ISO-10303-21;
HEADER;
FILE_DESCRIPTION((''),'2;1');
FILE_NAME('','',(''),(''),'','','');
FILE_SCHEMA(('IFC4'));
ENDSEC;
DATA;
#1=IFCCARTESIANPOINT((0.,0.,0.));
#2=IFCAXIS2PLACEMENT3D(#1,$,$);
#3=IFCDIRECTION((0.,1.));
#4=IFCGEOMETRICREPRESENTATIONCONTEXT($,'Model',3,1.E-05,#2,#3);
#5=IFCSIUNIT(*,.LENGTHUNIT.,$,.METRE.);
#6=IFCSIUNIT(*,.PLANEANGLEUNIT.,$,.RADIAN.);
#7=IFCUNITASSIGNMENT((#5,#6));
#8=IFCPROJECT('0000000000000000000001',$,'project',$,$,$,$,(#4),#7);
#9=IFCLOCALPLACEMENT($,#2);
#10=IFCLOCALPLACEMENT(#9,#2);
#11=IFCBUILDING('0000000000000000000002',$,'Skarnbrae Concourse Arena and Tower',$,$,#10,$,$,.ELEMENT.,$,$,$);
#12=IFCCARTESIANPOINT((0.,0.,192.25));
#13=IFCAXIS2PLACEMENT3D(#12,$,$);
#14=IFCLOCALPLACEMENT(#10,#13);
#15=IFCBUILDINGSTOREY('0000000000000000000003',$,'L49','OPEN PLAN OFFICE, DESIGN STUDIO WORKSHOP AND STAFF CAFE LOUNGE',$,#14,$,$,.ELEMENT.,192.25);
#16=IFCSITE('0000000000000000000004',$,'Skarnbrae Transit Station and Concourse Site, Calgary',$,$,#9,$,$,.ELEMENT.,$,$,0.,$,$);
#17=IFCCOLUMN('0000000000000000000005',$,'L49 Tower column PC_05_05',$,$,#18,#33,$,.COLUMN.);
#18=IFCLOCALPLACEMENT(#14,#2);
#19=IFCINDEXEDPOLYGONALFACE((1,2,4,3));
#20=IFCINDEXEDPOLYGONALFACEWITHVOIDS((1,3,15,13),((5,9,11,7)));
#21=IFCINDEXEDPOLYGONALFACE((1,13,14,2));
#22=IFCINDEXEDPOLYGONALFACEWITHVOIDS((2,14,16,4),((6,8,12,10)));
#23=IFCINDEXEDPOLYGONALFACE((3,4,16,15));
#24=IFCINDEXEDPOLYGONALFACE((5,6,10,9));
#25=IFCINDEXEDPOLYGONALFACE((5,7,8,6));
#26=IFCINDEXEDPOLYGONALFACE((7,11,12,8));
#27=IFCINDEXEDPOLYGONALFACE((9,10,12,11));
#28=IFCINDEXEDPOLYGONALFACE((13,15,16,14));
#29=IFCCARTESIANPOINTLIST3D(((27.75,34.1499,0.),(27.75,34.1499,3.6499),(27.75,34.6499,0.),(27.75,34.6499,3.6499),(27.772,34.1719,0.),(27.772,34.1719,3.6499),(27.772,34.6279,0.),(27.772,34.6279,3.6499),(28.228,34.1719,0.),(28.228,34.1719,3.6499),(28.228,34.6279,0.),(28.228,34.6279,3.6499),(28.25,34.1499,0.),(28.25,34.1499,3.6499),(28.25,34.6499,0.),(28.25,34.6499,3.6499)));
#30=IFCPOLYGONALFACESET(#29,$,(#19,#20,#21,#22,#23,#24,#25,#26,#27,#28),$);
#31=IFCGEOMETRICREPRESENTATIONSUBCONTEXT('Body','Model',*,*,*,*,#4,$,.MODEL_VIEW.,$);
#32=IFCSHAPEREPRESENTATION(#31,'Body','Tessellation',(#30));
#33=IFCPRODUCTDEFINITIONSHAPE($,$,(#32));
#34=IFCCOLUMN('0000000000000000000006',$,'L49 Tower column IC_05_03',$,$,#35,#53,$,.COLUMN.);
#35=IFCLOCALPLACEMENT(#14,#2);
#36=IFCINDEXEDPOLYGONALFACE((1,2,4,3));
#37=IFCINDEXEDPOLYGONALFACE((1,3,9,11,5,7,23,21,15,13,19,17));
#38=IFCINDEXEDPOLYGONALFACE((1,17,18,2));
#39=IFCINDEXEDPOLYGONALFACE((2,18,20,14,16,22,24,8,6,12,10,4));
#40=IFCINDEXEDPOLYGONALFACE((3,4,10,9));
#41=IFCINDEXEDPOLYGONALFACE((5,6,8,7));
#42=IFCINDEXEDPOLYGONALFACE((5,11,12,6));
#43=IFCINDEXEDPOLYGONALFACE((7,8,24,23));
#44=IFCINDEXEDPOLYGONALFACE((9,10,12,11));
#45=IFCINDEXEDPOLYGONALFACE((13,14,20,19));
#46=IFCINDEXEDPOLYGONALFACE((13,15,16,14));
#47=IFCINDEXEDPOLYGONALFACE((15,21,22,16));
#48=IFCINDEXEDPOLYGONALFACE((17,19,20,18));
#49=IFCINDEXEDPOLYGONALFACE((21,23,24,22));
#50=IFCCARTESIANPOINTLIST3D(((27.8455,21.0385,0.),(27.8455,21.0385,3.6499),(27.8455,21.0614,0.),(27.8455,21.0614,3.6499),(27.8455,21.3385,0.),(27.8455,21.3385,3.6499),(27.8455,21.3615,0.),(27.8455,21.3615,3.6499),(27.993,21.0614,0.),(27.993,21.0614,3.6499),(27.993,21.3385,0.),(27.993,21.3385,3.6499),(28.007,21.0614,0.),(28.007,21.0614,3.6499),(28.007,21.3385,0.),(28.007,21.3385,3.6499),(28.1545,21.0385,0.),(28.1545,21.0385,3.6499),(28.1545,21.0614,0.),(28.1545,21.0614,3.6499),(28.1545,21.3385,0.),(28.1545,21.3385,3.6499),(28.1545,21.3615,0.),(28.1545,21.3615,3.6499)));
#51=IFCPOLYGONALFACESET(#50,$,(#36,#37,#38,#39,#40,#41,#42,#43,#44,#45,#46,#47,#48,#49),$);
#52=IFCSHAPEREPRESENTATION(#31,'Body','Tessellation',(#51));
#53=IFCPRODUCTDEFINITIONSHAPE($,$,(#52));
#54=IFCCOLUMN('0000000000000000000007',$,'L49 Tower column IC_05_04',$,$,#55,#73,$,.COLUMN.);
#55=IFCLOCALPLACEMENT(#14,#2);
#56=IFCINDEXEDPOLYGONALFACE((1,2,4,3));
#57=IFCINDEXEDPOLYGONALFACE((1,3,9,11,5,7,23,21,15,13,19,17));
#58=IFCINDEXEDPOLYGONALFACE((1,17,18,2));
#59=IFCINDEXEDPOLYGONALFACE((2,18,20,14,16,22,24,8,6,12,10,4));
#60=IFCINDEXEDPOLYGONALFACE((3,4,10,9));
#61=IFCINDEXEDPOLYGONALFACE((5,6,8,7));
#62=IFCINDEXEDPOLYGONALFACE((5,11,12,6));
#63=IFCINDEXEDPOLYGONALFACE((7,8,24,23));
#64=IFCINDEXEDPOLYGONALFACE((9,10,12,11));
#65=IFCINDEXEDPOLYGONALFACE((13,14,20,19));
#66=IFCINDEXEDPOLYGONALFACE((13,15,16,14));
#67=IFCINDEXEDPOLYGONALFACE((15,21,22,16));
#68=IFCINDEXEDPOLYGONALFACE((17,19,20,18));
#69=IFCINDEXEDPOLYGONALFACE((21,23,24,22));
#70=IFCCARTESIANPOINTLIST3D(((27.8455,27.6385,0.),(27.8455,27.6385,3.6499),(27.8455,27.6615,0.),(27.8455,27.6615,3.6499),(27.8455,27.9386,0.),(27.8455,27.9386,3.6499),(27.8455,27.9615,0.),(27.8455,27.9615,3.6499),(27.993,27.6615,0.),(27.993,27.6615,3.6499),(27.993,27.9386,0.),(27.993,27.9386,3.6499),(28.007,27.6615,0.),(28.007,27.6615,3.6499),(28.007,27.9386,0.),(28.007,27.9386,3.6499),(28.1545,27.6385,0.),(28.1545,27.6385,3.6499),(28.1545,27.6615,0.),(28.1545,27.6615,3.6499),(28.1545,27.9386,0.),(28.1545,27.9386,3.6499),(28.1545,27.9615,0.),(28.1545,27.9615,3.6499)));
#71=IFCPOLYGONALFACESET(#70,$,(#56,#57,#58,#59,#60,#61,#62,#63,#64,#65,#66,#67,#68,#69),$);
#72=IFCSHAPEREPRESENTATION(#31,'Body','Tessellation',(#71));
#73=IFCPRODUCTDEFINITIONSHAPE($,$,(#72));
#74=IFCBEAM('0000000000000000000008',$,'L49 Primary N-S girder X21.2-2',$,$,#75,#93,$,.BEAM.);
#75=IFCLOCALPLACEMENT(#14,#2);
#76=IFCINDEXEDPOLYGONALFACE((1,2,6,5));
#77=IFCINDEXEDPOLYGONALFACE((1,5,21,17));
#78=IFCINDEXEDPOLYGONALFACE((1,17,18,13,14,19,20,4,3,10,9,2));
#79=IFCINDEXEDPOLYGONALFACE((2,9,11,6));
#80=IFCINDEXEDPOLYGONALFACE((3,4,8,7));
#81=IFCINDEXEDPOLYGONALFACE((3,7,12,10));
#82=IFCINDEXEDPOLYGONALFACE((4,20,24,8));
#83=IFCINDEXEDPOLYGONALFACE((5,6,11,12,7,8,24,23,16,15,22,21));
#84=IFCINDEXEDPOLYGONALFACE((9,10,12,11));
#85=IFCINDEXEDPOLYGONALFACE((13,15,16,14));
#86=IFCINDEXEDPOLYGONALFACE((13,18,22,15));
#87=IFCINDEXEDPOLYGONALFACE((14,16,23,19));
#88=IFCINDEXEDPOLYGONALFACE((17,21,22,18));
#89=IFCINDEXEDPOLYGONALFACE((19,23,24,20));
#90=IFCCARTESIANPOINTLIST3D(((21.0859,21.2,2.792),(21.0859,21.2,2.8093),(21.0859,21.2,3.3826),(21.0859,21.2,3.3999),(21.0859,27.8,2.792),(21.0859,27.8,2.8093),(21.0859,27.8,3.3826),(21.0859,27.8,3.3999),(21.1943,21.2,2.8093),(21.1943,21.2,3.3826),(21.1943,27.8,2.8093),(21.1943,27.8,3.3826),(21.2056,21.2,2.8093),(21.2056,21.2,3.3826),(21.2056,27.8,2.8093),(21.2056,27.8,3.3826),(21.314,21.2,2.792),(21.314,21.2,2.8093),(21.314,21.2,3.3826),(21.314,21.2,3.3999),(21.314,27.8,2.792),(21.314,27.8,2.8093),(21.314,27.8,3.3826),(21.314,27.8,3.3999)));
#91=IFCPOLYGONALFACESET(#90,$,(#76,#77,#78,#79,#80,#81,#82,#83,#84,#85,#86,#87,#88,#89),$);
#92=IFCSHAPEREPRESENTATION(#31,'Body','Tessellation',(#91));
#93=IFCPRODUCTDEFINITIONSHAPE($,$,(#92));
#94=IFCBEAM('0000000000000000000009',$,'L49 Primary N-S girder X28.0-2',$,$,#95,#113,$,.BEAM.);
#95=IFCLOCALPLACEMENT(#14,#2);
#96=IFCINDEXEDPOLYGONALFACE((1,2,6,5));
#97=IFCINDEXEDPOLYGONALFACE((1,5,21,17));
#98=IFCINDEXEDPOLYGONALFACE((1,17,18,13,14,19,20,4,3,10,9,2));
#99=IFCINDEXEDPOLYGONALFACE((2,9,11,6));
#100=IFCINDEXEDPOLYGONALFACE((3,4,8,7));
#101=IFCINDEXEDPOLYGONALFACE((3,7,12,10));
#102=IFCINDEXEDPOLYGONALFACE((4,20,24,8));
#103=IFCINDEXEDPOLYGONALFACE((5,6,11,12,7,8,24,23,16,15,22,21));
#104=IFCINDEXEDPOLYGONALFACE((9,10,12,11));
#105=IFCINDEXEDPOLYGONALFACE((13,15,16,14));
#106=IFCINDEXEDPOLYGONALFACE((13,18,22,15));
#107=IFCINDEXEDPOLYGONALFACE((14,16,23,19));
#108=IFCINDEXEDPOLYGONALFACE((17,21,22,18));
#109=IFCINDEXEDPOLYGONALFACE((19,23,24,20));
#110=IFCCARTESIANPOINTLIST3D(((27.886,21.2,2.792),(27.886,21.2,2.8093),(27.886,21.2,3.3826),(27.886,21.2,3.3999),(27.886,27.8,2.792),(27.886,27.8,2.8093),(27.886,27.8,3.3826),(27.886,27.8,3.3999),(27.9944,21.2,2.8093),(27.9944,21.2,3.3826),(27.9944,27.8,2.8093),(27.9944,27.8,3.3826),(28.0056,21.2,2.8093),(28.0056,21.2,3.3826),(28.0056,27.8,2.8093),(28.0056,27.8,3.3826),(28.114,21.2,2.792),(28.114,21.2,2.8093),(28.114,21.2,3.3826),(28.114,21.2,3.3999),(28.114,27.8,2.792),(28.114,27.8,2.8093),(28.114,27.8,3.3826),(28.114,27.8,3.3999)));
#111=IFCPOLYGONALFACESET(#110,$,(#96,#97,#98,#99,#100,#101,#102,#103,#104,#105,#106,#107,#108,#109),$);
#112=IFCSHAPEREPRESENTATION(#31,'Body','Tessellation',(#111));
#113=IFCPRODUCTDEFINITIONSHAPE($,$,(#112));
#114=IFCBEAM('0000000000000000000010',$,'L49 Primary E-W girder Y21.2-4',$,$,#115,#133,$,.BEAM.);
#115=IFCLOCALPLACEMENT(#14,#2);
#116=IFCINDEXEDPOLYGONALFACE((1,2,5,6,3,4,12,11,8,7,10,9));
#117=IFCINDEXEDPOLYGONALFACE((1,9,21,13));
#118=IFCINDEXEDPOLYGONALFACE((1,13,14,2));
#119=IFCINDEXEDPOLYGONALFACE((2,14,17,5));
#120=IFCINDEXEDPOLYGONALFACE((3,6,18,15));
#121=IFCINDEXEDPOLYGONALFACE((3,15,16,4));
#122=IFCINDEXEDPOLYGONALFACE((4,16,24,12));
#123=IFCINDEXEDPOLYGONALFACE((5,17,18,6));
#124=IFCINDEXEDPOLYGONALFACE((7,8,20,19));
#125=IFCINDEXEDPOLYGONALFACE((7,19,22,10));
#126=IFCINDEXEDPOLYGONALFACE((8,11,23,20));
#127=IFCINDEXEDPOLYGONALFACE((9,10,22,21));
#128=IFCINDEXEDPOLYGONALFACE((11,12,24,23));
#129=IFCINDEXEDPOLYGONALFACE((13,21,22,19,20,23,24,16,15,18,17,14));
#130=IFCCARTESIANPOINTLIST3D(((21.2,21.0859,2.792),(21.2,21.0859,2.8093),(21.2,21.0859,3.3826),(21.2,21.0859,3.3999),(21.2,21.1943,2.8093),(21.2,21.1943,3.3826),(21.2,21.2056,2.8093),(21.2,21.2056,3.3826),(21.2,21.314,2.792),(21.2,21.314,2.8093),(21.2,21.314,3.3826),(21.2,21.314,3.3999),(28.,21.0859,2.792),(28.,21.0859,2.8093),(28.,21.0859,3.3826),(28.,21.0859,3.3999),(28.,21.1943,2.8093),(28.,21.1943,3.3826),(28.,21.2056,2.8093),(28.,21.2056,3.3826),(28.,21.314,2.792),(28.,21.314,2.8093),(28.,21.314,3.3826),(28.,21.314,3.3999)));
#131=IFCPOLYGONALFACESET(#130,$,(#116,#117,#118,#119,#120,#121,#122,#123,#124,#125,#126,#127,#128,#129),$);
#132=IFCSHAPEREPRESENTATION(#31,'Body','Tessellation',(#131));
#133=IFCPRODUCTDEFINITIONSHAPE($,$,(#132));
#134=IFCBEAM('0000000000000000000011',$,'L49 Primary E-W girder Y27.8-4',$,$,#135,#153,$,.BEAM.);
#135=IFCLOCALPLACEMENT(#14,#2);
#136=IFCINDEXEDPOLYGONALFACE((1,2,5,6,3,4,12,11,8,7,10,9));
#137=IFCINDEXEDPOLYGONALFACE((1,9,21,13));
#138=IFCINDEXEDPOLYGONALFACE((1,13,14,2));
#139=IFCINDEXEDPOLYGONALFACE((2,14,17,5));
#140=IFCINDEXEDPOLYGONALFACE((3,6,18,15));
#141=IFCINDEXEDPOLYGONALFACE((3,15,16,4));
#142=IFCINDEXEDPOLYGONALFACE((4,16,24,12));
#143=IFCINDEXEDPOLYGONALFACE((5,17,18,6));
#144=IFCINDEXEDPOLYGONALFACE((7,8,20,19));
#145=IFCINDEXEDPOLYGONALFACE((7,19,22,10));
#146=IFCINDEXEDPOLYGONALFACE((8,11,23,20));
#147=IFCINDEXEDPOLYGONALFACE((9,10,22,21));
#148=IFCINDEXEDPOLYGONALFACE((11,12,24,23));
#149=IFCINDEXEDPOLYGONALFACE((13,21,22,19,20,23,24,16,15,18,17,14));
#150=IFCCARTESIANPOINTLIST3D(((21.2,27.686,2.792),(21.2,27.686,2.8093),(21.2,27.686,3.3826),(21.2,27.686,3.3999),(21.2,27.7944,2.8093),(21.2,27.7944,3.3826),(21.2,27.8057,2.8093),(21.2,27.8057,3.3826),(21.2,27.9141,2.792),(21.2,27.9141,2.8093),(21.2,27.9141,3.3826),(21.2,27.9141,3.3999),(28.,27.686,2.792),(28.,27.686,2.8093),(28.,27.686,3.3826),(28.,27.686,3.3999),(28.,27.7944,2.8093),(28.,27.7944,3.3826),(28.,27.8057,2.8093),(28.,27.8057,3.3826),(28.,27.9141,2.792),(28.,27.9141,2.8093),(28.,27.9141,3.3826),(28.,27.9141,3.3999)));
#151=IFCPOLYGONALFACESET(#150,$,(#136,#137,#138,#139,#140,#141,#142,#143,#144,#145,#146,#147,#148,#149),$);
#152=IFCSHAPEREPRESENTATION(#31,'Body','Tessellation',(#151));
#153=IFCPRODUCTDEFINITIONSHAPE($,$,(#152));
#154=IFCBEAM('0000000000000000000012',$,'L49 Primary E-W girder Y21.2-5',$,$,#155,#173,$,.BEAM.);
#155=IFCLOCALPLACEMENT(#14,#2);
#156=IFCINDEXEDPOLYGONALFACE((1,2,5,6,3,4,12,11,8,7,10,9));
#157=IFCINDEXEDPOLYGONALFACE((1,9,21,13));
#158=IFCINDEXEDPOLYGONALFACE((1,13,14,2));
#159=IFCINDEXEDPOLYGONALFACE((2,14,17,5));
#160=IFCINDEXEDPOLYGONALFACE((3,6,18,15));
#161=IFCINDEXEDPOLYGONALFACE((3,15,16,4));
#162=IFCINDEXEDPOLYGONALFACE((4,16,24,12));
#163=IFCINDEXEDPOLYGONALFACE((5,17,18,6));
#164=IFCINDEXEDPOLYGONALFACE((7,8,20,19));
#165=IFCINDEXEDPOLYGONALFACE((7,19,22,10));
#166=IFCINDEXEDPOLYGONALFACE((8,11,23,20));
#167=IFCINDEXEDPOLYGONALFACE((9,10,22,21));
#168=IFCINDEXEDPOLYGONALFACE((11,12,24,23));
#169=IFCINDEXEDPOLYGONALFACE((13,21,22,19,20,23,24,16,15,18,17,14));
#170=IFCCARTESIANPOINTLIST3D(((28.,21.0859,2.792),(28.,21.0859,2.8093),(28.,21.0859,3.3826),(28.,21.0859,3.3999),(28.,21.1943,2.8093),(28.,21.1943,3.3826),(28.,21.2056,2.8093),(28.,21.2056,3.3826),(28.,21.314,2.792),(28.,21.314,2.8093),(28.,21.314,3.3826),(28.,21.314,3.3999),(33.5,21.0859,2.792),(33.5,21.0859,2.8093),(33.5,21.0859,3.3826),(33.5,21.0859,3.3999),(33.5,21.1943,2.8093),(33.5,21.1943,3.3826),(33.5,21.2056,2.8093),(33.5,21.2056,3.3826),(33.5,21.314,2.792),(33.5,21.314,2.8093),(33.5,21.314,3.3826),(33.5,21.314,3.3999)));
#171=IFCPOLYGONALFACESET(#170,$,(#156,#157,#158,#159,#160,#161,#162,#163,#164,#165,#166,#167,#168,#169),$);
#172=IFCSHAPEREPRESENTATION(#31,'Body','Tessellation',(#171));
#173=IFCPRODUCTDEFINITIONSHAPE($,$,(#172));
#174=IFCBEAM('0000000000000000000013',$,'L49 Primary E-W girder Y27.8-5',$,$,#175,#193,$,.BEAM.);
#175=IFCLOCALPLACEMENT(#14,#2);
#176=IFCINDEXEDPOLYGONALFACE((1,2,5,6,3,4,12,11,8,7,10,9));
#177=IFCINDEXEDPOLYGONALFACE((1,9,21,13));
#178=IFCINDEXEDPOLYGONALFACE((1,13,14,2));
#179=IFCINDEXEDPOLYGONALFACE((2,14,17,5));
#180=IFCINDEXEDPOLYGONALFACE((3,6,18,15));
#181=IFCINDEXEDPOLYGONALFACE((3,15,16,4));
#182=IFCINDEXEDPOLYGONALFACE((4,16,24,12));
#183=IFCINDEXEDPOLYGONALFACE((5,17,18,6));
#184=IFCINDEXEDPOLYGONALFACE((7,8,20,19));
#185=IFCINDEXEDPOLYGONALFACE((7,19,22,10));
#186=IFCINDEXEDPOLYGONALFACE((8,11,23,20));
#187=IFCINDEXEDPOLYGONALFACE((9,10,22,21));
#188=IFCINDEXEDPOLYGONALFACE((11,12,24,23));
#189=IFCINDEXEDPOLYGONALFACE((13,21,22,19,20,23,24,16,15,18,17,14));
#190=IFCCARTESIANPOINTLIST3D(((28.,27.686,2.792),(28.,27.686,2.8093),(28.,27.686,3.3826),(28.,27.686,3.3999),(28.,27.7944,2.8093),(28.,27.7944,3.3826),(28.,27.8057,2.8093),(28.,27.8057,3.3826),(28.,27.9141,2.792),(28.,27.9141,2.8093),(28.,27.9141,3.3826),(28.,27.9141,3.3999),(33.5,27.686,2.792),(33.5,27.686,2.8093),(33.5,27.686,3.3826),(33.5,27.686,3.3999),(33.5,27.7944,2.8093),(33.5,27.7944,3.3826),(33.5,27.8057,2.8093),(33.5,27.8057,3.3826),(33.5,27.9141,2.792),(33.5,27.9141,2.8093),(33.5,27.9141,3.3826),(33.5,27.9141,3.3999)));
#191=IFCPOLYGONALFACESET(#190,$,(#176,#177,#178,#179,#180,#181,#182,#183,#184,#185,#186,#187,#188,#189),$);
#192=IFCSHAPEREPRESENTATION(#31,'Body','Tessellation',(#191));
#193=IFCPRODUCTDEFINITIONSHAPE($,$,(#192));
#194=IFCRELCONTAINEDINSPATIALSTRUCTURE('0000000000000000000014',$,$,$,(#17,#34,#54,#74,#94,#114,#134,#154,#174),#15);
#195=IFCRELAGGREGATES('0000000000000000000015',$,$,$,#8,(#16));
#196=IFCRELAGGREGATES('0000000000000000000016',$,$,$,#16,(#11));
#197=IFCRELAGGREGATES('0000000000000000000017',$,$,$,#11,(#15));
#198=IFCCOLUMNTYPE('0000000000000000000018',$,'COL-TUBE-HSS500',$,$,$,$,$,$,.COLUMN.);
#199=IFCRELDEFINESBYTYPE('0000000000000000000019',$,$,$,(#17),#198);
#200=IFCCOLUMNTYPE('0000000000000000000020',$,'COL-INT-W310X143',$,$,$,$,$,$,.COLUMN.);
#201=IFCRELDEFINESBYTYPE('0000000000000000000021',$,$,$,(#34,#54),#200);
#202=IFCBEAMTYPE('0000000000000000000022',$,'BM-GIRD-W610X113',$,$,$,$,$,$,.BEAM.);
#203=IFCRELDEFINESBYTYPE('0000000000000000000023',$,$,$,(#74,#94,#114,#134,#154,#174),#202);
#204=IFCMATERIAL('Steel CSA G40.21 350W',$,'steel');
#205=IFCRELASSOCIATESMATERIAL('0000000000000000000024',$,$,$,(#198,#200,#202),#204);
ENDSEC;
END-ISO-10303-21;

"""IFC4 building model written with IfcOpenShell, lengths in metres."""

from ifc_helpers import new_model, si_unit, direction, frame, origin, origin_2d, place, context, subcontext, project, spatial, hollow_rectangle, i_section, extrude, source, transform, mapped, material, material_profile, profile_set, type_object, element, save


model = new_model("IFC4")

# Units and contexts
model_context = context("Model", 3, precision=1e-05, world=origin(), true_north=direction((0.0, 1.0)))
body_context = subcontext(model_context, "Body", "Model", "MODEL_VIEW")
ifc_project = project(units=[si_unit("LENGTHUNIT", "METRE"), si_unit("PLANEANGLEUNIT", "RADIAN")], contexts=[model_context])

# Site, building, storey
site_placement = place(None, origin())
site = spatial("IfcSite", under=ifc_project, at=site_placement, Name="Skarnbrae Transit Station and Concourse Site, Calgary", CompositionType="ELEMENT", RefElevation=0.0)
building_placement = place(site_placement, origin())
building = spatial("IfcBuilding", under=site, at=building_placement, Name="Skarnbrae Concourse Arena and Tower", CompositionType="ELEMENT")
storey_placement = place(building_placement, frame((0.0, 0.0, 192.25)))
storey = spatial("IfcBuildingStorey", under=building, at=storey_placement, Name="L49", Description="OPEN PLAN OFFICE, DESIGN STUDIO WORKSHOP AND STAFF CAFE LOUNGE", CompositionType="ELEMENT", Elevation=192.25)

# Columns
ifc_material_1 = material(Name="Steel CSA G40.21 350W", Category="steel")
ifc_material_profile_1 = material_profile(ifc_material_1, hollow_rectangle(XDim=0.5, YDim=0.5, WallThickness=0.022, at=origin_2d()), Name="HSS500X500X22.0")
ifc_profile_set_1 = profile_set([ifc_material_profile_1], Name="Steel CSA G40.21 350W")
column_type_1 = type_object("IfcColumnType", Name="COL-TUBE-HSS500", PredefinedType="COLUMN", material=ifc_profile_set_1)
shared_shape_1 = source(origin(), body_context, "Body", "SweptSolid", [
    extrude(hollow_rectangle(XDim=0.5, YDim=0.5, WallThickness=0.022, at=origin_2d()), origin(), (0.0, 0.0, 1.0), 3.6499),
])
column_placement = place(storey_placement, frame((28.0, 34.3999, 0.0), z_axis=(0.0, 0.0, 1.0), x_axis=(1.0, 0.0, 0.0)))
element("IfcColumn", 1, at=column_placement, inside=storey, type_object=column_type_1, Name="L49 Tower column PC_05_05", PredefinedType="COLUMN", context=body_context, shape_type="MappedRepresentation", body=[
    mapped(shared_shape_1, transform((0.0, 0.0, 0.0))),
])
ifc_material_profile_2 = material_profile(ifc_material_1, i_section(OverallWidth=0.3091, OverallDepth=0.323, WebThickness=0.0139, FlangeThickness=0.0229, at=origin_2d()), Name="W310X143")
ifc_profile_set_2 = profile_set([ifc_material_profile_2], Name="Steel CSA G40.21 350W")
column_type_2 = type_object("IfcColumnType", Name="COL-INT-W310X143", PredefinedType="COLUMN", material=ifc_profile_set_2)
shared_shape_2 = source(origin(), body_context, "Body", "SweptSolid", [
    extrude(i_section(OverallWidth=0.3091, OverallDepth=0.323, WebThickness=0.0139, FlangeThickness=0.0229, at=origin_2d()), origin(), (0.0, 0.0, 1.0), 3.6499),
])
for number, where, z_axis, x_axis, name in (
    (2, (28.0, 21.2, 0.0), (0.0, 0.0, 1.0), (1.0, 0.0, 0.0), "L49 Tower column IC_05_03"),
    (3, (28.0, 27.8, 0.0), (0.0, 0.0, 1.0), (1.0, 0.0, 0.0), "L49 Tower column IC_05_04"),
):
    element("IfcColumn", number, at=place(storey_placement, frame(where, z_axis=z_axis, x_axis=x_axis)), inside=storey, type_object=column_type_2, Name=name, PredefinedType="COLUMN", context=body_context, shape_type="MappedRepresentation", body=[
        mapped(shared_shape_2, transform((0.0, 0.0, 0.0))),
    ])

# Beams
ifc_material_profile_3 = material_profile(ifc_material_1, i_section(OverallWidth=0.228, OverallDepth=0.6079, WebThickness=0.0112, FlangeThickness=0.0173, at=origin_2d()), Name="W610X113")
ifc_profile_set_3 = profile_set([ifc_material_profile_3], Name="Steel CSA G40.21 350W")
beam_type_1 = type_object("IfcBeamType", Name="BM-GIRD-W610X113", PredefinedType="BEAM", material=ifc_profile_set_3)
shared_shape_3 = source(origin(), body_context, "Body", "SweptSolid", [
    extrude(i_section(OverallWidth=0.228, OverallDepth=0.6079, WebThickness=0.0112, FlangeThickness=0.0173, at=origin_2d()), origin(), (0.0, 0.0, 1.0), 6.6001),
])
for number, where, z_axis, x_axis, name in (
    (4, (21.2, 21.2, 3.0959), (0.0, 1.0, 0.0), (-1.0, 0.0, 0.0), "L49 Primary N-S girder X21.2-2"),
    (5, (28.0, 21.2, 3.0959), (0.0, 1.0, 0.0), (-1.0, 0.0, 0.0), "L49 Primary N-S girder X28.0-2"),
):
    element("IfcBeam", number, at=place(storey_placement, frame(where, z_axis=z_axis, x_axis=x_axis)), inside=storey, type_object=beam_type_1, Name=name, PredefinedType="BEAM", context=body_context, shape_type="MappedRepresentation", body=[
        mapped(shared_shape_3, transform((0.0, 0.0, 0.0))),
    ])
shared_shape_4 = source(origin(), body_context, "Body", "SweptSolid", [
    extrude(i_section(OverallWidth=0.228, OverallDepth=0.6079, WebThickness=0.0112, FlangeThickness=0.0173, at=origin_2d()), origin(), (0.0, 0.0, 1.0), 6.8),
])
for number, where, z_axis, x_axis, name in (
    (6, (21.2, 21.2, 3.0959), (1.0, 0.0, 0.0), (0.0, 1.0, 0.0), "L49 Primary E-W girder Y21.2-4"),
    (7, (21.2, 27.8, 3.0959), (1.0, 0.0, 0.0), (0.0, 1.0, 0.0), "L49 Primary E-W girder Y27.8-4"),
):
    element("IfcBeam", number, at=place(storey_placement, frame(where, z_axis=z_axis, x_axis=x_axis)), inside=storey, type_object=beam_type_1, Name=name, PredefinedType="BEAM", context=body_context, shape_type="MappedRepresentation", body=[
        mapped(shared_shape_4, transform((0.0, 0.0, 0.0))),
    ])
shared_shape_5 = source(origin(), body_context, "Body", "SweptSolid", [
    extrude(i_section(OverallWidth=0.228, OverallDepth=0.6079, WebThickness=0.0112, FlangeThickness=0.0173, at=origin_2d()), origin(), (0.0, 0.0, 1.0), 5.5),
])
for number, where, z_axis, x_axis, name in (
    (8, (28.0, 21.2, 3.0959), (1.0, 0.0, 0.0), (0.0, 1.0, 0.0), "L49 Primary E-W girder Y21.2-5"),
    (9, (28.0, 27.8, 3.0959), (1.0, 0.0, 0.0), (0.0, 1.0, 0.0), "L49 Primary E-W girder Y27.8-5"),
):
    element("IfcBeam", number, at=place(storey_placement, frame(where, z_axis=z_axis, x_axis=x_axis)), inside=storey, type_object=beam_type_1, Name=name, PredefinedType="BEAM", context=body_context, shape_type="MappedRepresentation", body=[
        mapped(shared_shape_5, transform((0.0, 0.0, 0.0))),
    ])

save(model, "model.ifc")
